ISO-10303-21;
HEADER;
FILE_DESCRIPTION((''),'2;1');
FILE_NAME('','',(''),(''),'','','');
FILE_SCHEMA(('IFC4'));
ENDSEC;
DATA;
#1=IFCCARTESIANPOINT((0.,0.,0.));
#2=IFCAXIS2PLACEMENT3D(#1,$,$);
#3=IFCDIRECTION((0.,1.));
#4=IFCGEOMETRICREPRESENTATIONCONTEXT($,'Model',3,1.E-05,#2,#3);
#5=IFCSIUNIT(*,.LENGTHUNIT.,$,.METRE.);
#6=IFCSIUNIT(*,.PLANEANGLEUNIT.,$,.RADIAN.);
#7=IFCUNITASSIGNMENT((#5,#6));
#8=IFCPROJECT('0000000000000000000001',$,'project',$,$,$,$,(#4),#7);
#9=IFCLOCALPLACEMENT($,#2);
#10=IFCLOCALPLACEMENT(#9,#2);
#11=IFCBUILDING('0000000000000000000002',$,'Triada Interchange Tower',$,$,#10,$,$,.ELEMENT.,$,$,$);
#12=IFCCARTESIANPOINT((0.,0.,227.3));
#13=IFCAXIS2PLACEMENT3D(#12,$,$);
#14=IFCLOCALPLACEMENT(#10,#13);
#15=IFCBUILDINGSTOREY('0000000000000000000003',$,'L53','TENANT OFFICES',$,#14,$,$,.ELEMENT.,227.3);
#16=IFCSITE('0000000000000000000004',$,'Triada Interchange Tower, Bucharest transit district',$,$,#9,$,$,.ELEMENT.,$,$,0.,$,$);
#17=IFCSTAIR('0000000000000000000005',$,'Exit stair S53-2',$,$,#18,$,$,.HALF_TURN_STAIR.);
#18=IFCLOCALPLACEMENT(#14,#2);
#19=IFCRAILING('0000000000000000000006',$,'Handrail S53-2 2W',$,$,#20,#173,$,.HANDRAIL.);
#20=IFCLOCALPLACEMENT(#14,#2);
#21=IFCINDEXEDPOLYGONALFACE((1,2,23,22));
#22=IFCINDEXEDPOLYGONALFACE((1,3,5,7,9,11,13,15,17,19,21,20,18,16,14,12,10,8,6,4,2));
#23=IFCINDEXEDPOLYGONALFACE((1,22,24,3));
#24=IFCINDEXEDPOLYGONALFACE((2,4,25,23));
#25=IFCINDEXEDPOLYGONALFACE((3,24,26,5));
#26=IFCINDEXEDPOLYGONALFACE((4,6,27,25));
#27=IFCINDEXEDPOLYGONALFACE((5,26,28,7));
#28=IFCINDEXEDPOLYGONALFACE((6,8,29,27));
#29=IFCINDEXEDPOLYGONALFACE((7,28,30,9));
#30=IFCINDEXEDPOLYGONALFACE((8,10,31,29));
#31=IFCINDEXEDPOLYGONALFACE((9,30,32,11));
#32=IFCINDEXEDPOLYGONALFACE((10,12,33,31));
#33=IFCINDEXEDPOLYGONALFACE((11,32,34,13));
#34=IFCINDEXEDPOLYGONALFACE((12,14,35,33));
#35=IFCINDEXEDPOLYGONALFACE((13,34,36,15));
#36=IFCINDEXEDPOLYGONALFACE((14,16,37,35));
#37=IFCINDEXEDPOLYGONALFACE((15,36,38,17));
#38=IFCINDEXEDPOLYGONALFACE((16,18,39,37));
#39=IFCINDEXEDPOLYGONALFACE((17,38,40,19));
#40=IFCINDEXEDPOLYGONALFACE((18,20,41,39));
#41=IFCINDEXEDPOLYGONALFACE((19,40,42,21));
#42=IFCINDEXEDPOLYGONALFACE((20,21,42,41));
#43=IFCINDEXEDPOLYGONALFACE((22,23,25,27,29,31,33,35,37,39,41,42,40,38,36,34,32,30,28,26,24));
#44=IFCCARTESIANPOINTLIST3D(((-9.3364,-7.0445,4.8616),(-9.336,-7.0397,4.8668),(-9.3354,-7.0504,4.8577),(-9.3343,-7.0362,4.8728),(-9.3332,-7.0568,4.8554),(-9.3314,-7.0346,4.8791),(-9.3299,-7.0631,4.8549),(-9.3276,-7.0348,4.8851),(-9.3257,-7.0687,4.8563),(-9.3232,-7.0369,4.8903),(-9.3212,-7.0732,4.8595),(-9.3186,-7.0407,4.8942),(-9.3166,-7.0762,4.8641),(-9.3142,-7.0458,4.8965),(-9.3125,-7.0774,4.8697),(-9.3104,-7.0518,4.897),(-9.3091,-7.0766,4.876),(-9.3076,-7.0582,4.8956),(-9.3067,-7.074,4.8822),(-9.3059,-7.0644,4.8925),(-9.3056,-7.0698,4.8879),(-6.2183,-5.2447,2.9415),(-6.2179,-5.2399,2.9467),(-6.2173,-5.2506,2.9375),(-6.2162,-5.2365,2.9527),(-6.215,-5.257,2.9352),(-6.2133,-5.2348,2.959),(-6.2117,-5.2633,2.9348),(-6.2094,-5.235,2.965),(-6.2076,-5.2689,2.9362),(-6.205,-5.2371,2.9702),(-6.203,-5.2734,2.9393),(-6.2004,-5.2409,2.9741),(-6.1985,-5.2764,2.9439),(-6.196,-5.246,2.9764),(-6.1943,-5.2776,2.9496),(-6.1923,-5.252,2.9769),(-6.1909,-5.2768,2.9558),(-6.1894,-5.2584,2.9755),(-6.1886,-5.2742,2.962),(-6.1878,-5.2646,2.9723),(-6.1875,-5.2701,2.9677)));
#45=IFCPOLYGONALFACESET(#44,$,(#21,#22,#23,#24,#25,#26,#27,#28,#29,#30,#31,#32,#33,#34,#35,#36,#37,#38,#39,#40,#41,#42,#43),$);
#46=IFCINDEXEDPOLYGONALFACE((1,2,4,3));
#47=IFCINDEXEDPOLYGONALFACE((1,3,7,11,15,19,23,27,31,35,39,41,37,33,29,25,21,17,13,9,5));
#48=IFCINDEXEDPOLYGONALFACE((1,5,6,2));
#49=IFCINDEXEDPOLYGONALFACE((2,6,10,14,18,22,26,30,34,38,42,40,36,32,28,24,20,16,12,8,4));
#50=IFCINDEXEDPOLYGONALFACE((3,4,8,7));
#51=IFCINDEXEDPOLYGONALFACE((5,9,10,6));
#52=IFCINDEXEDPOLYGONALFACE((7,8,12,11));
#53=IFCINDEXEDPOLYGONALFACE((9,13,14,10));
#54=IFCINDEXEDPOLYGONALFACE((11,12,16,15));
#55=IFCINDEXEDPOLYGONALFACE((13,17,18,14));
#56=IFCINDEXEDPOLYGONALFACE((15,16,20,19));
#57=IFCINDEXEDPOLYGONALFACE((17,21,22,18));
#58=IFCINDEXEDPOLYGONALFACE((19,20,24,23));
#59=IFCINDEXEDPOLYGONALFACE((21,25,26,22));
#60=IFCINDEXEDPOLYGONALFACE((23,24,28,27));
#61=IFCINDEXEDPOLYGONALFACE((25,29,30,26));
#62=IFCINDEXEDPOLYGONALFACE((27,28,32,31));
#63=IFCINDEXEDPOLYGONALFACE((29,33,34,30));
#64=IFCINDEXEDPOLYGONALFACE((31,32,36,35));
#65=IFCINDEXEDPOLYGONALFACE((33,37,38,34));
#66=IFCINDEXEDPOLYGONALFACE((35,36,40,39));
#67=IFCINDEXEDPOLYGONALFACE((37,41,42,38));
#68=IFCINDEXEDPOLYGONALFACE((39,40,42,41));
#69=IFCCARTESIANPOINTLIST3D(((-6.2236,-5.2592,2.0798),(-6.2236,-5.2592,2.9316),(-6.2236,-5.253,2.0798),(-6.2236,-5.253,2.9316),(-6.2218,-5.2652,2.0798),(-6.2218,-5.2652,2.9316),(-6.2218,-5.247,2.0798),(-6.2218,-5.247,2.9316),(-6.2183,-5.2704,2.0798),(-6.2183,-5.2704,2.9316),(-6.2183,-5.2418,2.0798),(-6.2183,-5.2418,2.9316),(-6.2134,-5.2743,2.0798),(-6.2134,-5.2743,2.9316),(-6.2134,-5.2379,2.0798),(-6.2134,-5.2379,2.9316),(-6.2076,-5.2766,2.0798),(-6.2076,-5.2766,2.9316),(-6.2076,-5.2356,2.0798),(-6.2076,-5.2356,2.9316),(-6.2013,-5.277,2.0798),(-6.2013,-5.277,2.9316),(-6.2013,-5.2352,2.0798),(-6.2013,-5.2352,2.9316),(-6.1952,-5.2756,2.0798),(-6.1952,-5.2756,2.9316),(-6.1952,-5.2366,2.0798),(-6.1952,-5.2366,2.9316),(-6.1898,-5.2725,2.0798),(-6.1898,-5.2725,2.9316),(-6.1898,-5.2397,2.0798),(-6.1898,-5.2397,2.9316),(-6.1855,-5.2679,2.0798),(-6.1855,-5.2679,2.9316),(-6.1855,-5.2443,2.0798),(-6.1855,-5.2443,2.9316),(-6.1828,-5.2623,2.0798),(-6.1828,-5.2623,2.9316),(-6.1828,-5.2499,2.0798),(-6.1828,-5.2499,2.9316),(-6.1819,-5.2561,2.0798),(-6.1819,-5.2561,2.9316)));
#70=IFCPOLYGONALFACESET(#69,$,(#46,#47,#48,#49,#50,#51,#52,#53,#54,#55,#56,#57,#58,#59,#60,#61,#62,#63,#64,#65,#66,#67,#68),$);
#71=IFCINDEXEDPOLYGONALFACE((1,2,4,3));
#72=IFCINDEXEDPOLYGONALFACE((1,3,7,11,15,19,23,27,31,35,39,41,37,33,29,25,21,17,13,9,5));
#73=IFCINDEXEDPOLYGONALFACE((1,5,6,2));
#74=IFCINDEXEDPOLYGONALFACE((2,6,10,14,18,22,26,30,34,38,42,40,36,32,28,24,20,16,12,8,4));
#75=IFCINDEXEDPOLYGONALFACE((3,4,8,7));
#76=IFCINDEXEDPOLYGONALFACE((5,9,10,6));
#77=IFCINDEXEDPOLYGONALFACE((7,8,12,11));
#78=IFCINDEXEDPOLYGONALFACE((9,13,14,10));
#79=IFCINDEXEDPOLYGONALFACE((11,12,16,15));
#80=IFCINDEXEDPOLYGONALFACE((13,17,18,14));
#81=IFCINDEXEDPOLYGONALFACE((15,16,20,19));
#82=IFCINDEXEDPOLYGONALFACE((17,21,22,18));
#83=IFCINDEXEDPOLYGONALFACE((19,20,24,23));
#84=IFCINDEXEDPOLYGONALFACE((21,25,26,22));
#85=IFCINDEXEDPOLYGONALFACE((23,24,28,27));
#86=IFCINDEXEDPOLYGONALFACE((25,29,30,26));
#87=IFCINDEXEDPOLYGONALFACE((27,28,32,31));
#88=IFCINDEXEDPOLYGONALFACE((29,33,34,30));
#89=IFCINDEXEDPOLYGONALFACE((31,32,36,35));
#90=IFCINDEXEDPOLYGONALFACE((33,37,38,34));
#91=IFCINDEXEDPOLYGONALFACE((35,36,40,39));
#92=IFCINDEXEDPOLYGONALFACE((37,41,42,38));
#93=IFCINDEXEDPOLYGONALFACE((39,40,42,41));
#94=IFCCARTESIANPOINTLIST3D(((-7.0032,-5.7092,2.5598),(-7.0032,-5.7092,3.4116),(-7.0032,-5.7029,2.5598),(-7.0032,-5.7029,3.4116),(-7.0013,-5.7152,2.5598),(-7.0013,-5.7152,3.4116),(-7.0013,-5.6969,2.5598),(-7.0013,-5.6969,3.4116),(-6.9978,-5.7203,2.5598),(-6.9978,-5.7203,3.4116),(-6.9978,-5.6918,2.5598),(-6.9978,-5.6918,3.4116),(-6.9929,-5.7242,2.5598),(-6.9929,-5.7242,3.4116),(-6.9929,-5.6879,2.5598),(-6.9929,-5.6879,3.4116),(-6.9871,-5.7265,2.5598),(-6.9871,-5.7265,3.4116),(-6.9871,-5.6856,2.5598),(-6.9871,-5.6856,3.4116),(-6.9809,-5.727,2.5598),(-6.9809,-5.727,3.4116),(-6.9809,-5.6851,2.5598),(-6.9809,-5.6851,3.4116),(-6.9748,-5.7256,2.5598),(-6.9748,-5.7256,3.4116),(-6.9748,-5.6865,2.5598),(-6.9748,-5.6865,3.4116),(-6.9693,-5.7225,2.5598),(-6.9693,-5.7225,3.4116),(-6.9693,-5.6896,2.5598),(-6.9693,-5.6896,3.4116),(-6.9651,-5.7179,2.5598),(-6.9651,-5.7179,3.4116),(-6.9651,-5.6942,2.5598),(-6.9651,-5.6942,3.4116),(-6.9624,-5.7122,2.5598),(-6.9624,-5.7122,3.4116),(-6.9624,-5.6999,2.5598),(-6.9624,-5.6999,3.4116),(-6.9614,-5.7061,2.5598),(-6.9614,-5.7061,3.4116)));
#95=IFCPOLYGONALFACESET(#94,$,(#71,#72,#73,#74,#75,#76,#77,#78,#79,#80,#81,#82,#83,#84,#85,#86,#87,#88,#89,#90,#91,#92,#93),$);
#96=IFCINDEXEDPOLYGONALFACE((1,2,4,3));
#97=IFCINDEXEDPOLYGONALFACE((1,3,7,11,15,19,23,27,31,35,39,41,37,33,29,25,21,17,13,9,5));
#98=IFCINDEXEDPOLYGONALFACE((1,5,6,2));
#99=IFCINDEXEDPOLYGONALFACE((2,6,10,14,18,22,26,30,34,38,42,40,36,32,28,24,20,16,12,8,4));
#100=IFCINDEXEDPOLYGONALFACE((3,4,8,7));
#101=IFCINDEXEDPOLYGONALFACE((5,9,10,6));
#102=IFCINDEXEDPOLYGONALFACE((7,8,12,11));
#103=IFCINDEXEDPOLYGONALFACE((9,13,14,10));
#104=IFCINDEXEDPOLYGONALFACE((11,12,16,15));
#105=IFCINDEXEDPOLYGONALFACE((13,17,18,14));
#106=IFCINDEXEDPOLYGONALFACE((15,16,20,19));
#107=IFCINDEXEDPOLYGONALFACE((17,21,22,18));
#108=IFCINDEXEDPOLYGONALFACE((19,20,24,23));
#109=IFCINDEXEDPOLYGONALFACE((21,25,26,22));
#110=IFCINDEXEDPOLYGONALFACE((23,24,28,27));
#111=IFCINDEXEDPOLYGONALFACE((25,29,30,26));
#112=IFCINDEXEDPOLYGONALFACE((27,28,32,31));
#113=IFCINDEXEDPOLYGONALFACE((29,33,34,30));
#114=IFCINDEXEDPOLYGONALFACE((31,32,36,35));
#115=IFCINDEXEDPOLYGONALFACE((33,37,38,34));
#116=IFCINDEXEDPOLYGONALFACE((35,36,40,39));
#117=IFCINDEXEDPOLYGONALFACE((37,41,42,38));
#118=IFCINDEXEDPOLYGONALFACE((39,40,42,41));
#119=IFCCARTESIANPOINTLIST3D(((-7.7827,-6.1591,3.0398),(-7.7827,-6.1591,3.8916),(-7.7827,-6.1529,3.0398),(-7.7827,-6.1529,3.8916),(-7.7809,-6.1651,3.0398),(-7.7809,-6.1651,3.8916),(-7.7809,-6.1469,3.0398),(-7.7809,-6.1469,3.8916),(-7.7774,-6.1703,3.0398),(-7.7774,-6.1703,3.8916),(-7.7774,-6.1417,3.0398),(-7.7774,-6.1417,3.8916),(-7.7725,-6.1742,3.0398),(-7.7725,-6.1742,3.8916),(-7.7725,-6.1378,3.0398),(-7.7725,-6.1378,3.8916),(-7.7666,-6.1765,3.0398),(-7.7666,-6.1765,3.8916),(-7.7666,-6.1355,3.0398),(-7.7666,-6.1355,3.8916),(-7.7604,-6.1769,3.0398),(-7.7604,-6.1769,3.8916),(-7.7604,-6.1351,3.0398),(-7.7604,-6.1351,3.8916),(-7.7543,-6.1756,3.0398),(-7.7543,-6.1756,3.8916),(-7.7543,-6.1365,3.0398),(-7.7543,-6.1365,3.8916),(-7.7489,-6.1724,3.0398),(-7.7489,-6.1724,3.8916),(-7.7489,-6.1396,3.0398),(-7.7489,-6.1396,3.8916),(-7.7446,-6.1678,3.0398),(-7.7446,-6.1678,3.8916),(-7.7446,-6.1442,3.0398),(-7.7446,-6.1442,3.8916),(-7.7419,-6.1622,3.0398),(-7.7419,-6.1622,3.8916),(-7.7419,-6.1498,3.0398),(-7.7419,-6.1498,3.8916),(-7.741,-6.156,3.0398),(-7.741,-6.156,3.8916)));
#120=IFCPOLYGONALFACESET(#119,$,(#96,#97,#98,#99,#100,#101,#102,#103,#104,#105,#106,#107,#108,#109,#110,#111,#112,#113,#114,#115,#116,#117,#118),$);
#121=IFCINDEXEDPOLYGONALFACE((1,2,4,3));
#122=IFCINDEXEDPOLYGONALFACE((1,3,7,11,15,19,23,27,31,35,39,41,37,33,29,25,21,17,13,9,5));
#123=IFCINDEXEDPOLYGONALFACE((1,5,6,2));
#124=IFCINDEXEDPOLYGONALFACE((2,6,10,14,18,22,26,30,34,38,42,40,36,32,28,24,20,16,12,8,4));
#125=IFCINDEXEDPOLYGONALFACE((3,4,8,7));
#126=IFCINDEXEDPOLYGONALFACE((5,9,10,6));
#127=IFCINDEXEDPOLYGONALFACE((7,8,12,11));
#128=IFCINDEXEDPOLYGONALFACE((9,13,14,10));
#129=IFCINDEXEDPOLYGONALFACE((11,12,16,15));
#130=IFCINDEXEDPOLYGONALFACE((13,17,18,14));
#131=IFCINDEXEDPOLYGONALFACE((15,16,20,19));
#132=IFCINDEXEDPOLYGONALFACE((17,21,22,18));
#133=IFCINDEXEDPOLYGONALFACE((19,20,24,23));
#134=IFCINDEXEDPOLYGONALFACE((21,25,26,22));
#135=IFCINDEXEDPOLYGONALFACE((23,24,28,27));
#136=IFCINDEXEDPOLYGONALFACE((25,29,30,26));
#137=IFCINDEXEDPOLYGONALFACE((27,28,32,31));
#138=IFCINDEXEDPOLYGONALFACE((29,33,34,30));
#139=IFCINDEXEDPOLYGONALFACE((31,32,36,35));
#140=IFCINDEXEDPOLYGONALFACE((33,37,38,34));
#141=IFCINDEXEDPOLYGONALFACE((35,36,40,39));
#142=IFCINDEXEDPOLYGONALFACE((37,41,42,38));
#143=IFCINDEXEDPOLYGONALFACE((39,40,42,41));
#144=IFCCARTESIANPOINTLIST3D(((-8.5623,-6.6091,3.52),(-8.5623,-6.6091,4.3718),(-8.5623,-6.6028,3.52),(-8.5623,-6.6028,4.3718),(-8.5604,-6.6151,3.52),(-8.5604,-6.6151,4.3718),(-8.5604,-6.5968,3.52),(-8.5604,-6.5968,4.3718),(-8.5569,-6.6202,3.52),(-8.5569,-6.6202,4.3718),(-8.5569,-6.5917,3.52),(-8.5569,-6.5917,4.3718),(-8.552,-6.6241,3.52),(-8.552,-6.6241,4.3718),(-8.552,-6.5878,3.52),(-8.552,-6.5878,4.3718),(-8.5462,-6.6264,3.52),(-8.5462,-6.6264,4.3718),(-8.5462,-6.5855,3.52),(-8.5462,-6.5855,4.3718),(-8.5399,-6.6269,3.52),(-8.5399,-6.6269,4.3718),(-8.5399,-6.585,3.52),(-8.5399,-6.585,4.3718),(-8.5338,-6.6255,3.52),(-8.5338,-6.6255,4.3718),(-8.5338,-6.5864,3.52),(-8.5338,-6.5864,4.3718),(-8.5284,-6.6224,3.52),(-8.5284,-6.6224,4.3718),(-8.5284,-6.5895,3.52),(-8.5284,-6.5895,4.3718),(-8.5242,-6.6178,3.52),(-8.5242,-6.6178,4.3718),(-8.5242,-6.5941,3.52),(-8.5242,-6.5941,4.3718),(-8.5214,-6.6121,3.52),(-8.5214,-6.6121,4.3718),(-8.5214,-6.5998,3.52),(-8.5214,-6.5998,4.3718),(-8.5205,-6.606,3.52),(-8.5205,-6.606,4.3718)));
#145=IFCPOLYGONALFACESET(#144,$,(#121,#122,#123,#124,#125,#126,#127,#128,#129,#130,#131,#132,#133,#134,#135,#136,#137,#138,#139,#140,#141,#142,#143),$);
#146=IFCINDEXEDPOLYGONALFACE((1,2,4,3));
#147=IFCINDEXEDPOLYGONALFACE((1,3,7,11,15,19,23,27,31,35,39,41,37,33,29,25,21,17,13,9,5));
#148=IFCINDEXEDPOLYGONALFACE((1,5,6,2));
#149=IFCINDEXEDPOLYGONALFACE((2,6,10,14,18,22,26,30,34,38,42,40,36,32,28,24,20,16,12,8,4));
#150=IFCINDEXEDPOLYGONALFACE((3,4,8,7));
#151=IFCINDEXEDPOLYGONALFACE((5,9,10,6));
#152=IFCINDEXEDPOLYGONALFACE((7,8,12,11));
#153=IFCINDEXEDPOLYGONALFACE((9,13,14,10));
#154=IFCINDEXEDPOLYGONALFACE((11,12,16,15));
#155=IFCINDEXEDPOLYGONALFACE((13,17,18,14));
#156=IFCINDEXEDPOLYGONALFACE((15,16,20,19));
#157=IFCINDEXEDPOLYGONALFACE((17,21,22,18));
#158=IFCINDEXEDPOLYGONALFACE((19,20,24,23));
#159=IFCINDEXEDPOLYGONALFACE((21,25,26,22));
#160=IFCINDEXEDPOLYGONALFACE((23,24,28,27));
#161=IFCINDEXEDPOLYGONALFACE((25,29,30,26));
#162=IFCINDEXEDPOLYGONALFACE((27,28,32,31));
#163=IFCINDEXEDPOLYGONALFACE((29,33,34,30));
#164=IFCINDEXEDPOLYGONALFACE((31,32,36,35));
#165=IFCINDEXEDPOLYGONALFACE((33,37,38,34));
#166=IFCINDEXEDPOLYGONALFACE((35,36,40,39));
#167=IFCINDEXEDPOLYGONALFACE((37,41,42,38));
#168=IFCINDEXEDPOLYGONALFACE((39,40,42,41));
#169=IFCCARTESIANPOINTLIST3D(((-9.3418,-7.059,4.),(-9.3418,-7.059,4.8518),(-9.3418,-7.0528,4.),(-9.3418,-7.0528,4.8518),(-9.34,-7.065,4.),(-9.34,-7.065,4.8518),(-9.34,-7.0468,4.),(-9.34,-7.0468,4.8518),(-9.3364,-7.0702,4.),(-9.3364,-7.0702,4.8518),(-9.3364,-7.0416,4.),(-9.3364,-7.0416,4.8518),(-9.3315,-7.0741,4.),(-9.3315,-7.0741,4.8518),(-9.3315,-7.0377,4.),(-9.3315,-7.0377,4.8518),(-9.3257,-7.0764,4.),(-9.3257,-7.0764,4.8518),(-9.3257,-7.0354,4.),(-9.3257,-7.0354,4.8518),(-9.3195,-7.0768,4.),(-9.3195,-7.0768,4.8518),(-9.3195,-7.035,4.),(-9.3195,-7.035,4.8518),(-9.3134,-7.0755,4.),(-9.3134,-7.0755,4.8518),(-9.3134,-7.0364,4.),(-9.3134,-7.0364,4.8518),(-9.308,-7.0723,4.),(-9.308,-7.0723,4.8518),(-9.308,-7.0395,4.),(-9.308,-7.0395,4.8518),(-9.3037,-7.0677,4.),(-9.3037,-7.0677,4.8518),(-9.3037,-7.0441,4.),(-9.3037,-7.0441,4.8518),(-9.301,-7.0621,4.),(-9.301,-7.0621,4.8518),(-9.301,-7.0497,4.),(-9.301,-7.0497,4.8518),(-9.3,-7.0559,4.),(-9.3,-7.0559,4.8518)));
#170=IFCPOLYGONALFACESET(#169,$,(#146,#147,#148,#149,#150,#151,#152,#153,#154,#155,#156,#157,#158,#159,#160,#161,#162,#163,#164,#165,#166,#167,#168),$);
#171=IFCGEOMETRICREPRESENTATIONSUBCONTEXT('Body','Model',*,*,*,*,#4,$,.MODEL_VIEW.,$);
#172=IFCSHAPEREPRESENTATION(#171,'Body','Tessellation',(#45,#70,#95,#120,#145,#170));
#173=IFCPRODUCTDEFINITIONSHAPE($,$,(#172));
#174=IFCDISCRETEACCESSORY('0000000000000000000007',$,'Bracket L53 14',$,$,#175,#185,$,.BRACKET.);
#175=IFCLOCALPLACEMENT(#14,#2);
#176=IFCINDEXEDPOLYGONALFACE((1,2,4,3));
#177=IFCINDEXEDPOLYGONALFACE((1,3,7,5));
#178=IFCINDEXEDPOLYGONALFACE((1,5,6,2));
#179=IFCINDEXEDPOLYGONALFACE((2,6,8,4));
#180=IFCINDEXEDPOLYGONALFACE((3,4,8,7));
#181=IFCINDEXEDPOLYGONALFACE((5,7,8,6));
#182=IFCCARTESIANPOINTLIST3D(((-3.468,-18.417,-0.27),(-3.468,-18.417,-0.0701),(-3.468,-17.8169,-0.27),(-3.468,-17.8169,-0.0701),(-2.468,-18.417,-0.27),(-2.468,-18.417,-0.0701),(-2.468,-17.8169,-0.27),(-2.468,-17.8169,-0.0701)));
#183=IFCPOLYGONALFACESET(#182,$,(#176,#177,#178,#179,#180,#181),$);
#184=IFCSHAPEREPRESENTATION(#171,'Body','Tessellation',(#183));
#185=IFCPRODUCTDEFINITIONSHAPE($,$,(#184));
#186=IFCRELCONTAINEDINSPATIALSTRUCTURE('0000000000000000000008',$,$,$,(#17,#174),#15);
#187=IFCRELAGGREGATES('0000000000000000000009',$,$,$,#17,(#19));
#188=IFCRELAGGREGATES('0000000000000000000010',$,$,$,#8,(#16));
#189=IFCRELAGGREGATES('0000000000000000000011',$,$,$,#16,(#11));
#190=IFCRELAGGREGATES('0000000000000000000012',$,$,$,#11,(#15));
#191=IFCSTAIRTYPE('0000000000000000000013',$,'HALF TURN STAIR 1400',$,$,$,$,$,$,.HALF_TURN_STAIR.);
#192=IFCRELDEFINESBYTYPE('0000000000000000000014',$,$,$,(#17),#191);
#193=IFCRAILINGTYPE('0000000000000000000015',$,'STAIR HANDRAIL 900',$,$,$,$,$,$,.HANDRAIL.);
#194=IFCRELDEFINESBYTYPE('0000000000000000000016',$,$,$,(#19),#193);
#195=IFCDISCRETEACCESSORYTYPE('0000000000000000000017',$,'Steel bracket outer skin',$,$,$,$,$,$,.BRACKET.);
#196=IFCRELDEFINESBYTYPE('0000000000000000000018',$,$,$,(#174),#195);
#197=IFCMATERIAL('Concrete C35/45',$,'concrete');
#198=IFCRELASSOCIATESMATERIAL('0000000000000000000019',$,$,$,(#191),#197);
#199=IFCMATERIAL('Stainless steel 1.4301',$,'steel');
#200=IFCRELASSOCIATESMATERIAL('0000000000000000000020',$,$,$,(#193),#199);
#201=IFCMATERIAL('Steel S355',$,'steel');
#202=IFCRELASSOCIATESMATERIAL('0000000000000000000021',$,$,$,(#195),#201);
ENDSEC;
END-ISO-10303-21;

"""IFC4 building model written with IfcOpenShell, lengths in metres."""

from ifc_helpers import new_model, si_unit, direction, frame, origin, origin_2d, place, context, subcontext, project, spatial, rectangle, circle, extrude, material, type_object, element, aggregate, save


model = new_model("IFC4")

# Units and contexts
model_context = context("Model", 3, precision=1e-05, world=origin(), true_north=direction((0.0, 1.0)))
body_context = subcontext(model_context, "Body", "Model", "MODEL_VIEW")
ifc_project = project(units=[si_unit("LENGTHUNIT", "METRE"), si_unit("PLANEANGLEUNIT", "RADIAN")], contexts=[model_context])

# Site, building, storey
site_placement = place(None, origin())
site = spatial("IfcSite", under=ifc_project, at=site_placement, Name="Triada Interchange Tower, Bucharest transit district", CompositionType="ELEMENT", RefElevation=0.0)
building_placement = place(site_placement, origin())
building = spatial("IfcBuilding", under=site, at=building_placement, Name="Triada Interchange Tower", CompositionType="ELEMENT")
storey_placement = place(building_placement, frame((0.0, 0.0, 227.3)))
storey = spatial("IfcBuildingStorey", under=building, at=storey_placement, Name="L53", Description="TENANT OFFICES", CompositionType="ELEMENT", Elevation=227.3)

# Stair, railing
ifc_material_1 = material(Name="Concrete C35/45", Category="concrete")
stair_type = type_object("IfcStairType", Name="HALF TURN STAIR 1400", PredefinedType="HALF_TURN_STAIR", material=ifc_material_1)
stair_placement = place(storey_placement, origin())
stair = element("IfcStair", 1, at=stair_placement, inside=storey, type_object=stair_type, Name="Exit stair S53-2", PredefinedType="HALF_TURN_STAIR")
ifc_material_2 = material(Name="Stainless steel 1.4301", Category="steel")
railing_type = type_object("IfcRailingType", Name="STAIR HANDRAIL 900", PredefinedType="HANDRAIL", material=ifc_material_2)
railing_placement = place(storey_placement, frame((-6.2029, -5.2561, 2.0798)))
railing = element("IfcRailing", 2, at=railing_placement, type_object=railing_type, Name="Handrail S53-2 2W", PredefinedType="HANDRAIL", context=body_context, shape_type="SweptSolid", body=[
    extrude(circle(Radius=0.0239, at=origin_2d()), frame((0.0, 0.0, 0.876), z_axis=(-0.76419, -0.44109, 0.470588), x_axis=(0.499902, -0.866082, 0.0)), (0.0, 0.0, 1.0), 4.0803),
    extrude(circle(Radius=0.021, at=origin_2d()), origin(), (0.0, 0.0, 1.0), 0.8518),
    extrude(circle(Radius=0.021, at=origin_2d()), frame((-0.7795, -0.45, 0.48)), (0.0, 0.0, 1.0), 0.8518),
    extrude(circle(Radius=0.021, at=origin_2d()), frame((-1.5591, -0.8999, 0.96)), (0.0, 0.0, 1.0), 0.8518),
    extrude(circle(Radius=0.021, at=origin_2d()), frame((-2.3386, -1.3499, 1.4402)), (0.0, 0.0, 1.0), 0.8518),
    extrude(circle(Radius=0.021, at=origin_2d()), frame((-3.1182, -1.7998, 1.9202)), (0.0, 0.0, 1.0), 0.8518),
])
aggregate(stair, [railing])

# Discrete accessory
ifc_material_3 = material(Name="Steel S355", Category="steel")
discrete_accessory_type = type_object("IfcDiscreteAccessoryType", Name="Steel bracket outer skin", PredefinedType="BRACKET", material=ifc_material_3)
discrete_accessory_placement = place(storey_placement, frame((-2.968, -18.1169, -0.27), z_axis=(0.0, 0.0, 1.0), x_axis=(0.0, -1.0, 0.0)))
element("IfcDiscreteAccessory", 3, at=discrete_accessory_placement, inside=storey, type_object=discrete_accessory_type, Name="Bracket L53 14", PredefinedType="BRACKET", context=body_context, shape_type="SweptSolid", body=[
    extrude(rectangle(XDim=0.6001, YDim=1.0, at=origin_2d()), origin(), (0.0, 0.0, 1.0), 0.2),
])

save(model, "model.ifc")
